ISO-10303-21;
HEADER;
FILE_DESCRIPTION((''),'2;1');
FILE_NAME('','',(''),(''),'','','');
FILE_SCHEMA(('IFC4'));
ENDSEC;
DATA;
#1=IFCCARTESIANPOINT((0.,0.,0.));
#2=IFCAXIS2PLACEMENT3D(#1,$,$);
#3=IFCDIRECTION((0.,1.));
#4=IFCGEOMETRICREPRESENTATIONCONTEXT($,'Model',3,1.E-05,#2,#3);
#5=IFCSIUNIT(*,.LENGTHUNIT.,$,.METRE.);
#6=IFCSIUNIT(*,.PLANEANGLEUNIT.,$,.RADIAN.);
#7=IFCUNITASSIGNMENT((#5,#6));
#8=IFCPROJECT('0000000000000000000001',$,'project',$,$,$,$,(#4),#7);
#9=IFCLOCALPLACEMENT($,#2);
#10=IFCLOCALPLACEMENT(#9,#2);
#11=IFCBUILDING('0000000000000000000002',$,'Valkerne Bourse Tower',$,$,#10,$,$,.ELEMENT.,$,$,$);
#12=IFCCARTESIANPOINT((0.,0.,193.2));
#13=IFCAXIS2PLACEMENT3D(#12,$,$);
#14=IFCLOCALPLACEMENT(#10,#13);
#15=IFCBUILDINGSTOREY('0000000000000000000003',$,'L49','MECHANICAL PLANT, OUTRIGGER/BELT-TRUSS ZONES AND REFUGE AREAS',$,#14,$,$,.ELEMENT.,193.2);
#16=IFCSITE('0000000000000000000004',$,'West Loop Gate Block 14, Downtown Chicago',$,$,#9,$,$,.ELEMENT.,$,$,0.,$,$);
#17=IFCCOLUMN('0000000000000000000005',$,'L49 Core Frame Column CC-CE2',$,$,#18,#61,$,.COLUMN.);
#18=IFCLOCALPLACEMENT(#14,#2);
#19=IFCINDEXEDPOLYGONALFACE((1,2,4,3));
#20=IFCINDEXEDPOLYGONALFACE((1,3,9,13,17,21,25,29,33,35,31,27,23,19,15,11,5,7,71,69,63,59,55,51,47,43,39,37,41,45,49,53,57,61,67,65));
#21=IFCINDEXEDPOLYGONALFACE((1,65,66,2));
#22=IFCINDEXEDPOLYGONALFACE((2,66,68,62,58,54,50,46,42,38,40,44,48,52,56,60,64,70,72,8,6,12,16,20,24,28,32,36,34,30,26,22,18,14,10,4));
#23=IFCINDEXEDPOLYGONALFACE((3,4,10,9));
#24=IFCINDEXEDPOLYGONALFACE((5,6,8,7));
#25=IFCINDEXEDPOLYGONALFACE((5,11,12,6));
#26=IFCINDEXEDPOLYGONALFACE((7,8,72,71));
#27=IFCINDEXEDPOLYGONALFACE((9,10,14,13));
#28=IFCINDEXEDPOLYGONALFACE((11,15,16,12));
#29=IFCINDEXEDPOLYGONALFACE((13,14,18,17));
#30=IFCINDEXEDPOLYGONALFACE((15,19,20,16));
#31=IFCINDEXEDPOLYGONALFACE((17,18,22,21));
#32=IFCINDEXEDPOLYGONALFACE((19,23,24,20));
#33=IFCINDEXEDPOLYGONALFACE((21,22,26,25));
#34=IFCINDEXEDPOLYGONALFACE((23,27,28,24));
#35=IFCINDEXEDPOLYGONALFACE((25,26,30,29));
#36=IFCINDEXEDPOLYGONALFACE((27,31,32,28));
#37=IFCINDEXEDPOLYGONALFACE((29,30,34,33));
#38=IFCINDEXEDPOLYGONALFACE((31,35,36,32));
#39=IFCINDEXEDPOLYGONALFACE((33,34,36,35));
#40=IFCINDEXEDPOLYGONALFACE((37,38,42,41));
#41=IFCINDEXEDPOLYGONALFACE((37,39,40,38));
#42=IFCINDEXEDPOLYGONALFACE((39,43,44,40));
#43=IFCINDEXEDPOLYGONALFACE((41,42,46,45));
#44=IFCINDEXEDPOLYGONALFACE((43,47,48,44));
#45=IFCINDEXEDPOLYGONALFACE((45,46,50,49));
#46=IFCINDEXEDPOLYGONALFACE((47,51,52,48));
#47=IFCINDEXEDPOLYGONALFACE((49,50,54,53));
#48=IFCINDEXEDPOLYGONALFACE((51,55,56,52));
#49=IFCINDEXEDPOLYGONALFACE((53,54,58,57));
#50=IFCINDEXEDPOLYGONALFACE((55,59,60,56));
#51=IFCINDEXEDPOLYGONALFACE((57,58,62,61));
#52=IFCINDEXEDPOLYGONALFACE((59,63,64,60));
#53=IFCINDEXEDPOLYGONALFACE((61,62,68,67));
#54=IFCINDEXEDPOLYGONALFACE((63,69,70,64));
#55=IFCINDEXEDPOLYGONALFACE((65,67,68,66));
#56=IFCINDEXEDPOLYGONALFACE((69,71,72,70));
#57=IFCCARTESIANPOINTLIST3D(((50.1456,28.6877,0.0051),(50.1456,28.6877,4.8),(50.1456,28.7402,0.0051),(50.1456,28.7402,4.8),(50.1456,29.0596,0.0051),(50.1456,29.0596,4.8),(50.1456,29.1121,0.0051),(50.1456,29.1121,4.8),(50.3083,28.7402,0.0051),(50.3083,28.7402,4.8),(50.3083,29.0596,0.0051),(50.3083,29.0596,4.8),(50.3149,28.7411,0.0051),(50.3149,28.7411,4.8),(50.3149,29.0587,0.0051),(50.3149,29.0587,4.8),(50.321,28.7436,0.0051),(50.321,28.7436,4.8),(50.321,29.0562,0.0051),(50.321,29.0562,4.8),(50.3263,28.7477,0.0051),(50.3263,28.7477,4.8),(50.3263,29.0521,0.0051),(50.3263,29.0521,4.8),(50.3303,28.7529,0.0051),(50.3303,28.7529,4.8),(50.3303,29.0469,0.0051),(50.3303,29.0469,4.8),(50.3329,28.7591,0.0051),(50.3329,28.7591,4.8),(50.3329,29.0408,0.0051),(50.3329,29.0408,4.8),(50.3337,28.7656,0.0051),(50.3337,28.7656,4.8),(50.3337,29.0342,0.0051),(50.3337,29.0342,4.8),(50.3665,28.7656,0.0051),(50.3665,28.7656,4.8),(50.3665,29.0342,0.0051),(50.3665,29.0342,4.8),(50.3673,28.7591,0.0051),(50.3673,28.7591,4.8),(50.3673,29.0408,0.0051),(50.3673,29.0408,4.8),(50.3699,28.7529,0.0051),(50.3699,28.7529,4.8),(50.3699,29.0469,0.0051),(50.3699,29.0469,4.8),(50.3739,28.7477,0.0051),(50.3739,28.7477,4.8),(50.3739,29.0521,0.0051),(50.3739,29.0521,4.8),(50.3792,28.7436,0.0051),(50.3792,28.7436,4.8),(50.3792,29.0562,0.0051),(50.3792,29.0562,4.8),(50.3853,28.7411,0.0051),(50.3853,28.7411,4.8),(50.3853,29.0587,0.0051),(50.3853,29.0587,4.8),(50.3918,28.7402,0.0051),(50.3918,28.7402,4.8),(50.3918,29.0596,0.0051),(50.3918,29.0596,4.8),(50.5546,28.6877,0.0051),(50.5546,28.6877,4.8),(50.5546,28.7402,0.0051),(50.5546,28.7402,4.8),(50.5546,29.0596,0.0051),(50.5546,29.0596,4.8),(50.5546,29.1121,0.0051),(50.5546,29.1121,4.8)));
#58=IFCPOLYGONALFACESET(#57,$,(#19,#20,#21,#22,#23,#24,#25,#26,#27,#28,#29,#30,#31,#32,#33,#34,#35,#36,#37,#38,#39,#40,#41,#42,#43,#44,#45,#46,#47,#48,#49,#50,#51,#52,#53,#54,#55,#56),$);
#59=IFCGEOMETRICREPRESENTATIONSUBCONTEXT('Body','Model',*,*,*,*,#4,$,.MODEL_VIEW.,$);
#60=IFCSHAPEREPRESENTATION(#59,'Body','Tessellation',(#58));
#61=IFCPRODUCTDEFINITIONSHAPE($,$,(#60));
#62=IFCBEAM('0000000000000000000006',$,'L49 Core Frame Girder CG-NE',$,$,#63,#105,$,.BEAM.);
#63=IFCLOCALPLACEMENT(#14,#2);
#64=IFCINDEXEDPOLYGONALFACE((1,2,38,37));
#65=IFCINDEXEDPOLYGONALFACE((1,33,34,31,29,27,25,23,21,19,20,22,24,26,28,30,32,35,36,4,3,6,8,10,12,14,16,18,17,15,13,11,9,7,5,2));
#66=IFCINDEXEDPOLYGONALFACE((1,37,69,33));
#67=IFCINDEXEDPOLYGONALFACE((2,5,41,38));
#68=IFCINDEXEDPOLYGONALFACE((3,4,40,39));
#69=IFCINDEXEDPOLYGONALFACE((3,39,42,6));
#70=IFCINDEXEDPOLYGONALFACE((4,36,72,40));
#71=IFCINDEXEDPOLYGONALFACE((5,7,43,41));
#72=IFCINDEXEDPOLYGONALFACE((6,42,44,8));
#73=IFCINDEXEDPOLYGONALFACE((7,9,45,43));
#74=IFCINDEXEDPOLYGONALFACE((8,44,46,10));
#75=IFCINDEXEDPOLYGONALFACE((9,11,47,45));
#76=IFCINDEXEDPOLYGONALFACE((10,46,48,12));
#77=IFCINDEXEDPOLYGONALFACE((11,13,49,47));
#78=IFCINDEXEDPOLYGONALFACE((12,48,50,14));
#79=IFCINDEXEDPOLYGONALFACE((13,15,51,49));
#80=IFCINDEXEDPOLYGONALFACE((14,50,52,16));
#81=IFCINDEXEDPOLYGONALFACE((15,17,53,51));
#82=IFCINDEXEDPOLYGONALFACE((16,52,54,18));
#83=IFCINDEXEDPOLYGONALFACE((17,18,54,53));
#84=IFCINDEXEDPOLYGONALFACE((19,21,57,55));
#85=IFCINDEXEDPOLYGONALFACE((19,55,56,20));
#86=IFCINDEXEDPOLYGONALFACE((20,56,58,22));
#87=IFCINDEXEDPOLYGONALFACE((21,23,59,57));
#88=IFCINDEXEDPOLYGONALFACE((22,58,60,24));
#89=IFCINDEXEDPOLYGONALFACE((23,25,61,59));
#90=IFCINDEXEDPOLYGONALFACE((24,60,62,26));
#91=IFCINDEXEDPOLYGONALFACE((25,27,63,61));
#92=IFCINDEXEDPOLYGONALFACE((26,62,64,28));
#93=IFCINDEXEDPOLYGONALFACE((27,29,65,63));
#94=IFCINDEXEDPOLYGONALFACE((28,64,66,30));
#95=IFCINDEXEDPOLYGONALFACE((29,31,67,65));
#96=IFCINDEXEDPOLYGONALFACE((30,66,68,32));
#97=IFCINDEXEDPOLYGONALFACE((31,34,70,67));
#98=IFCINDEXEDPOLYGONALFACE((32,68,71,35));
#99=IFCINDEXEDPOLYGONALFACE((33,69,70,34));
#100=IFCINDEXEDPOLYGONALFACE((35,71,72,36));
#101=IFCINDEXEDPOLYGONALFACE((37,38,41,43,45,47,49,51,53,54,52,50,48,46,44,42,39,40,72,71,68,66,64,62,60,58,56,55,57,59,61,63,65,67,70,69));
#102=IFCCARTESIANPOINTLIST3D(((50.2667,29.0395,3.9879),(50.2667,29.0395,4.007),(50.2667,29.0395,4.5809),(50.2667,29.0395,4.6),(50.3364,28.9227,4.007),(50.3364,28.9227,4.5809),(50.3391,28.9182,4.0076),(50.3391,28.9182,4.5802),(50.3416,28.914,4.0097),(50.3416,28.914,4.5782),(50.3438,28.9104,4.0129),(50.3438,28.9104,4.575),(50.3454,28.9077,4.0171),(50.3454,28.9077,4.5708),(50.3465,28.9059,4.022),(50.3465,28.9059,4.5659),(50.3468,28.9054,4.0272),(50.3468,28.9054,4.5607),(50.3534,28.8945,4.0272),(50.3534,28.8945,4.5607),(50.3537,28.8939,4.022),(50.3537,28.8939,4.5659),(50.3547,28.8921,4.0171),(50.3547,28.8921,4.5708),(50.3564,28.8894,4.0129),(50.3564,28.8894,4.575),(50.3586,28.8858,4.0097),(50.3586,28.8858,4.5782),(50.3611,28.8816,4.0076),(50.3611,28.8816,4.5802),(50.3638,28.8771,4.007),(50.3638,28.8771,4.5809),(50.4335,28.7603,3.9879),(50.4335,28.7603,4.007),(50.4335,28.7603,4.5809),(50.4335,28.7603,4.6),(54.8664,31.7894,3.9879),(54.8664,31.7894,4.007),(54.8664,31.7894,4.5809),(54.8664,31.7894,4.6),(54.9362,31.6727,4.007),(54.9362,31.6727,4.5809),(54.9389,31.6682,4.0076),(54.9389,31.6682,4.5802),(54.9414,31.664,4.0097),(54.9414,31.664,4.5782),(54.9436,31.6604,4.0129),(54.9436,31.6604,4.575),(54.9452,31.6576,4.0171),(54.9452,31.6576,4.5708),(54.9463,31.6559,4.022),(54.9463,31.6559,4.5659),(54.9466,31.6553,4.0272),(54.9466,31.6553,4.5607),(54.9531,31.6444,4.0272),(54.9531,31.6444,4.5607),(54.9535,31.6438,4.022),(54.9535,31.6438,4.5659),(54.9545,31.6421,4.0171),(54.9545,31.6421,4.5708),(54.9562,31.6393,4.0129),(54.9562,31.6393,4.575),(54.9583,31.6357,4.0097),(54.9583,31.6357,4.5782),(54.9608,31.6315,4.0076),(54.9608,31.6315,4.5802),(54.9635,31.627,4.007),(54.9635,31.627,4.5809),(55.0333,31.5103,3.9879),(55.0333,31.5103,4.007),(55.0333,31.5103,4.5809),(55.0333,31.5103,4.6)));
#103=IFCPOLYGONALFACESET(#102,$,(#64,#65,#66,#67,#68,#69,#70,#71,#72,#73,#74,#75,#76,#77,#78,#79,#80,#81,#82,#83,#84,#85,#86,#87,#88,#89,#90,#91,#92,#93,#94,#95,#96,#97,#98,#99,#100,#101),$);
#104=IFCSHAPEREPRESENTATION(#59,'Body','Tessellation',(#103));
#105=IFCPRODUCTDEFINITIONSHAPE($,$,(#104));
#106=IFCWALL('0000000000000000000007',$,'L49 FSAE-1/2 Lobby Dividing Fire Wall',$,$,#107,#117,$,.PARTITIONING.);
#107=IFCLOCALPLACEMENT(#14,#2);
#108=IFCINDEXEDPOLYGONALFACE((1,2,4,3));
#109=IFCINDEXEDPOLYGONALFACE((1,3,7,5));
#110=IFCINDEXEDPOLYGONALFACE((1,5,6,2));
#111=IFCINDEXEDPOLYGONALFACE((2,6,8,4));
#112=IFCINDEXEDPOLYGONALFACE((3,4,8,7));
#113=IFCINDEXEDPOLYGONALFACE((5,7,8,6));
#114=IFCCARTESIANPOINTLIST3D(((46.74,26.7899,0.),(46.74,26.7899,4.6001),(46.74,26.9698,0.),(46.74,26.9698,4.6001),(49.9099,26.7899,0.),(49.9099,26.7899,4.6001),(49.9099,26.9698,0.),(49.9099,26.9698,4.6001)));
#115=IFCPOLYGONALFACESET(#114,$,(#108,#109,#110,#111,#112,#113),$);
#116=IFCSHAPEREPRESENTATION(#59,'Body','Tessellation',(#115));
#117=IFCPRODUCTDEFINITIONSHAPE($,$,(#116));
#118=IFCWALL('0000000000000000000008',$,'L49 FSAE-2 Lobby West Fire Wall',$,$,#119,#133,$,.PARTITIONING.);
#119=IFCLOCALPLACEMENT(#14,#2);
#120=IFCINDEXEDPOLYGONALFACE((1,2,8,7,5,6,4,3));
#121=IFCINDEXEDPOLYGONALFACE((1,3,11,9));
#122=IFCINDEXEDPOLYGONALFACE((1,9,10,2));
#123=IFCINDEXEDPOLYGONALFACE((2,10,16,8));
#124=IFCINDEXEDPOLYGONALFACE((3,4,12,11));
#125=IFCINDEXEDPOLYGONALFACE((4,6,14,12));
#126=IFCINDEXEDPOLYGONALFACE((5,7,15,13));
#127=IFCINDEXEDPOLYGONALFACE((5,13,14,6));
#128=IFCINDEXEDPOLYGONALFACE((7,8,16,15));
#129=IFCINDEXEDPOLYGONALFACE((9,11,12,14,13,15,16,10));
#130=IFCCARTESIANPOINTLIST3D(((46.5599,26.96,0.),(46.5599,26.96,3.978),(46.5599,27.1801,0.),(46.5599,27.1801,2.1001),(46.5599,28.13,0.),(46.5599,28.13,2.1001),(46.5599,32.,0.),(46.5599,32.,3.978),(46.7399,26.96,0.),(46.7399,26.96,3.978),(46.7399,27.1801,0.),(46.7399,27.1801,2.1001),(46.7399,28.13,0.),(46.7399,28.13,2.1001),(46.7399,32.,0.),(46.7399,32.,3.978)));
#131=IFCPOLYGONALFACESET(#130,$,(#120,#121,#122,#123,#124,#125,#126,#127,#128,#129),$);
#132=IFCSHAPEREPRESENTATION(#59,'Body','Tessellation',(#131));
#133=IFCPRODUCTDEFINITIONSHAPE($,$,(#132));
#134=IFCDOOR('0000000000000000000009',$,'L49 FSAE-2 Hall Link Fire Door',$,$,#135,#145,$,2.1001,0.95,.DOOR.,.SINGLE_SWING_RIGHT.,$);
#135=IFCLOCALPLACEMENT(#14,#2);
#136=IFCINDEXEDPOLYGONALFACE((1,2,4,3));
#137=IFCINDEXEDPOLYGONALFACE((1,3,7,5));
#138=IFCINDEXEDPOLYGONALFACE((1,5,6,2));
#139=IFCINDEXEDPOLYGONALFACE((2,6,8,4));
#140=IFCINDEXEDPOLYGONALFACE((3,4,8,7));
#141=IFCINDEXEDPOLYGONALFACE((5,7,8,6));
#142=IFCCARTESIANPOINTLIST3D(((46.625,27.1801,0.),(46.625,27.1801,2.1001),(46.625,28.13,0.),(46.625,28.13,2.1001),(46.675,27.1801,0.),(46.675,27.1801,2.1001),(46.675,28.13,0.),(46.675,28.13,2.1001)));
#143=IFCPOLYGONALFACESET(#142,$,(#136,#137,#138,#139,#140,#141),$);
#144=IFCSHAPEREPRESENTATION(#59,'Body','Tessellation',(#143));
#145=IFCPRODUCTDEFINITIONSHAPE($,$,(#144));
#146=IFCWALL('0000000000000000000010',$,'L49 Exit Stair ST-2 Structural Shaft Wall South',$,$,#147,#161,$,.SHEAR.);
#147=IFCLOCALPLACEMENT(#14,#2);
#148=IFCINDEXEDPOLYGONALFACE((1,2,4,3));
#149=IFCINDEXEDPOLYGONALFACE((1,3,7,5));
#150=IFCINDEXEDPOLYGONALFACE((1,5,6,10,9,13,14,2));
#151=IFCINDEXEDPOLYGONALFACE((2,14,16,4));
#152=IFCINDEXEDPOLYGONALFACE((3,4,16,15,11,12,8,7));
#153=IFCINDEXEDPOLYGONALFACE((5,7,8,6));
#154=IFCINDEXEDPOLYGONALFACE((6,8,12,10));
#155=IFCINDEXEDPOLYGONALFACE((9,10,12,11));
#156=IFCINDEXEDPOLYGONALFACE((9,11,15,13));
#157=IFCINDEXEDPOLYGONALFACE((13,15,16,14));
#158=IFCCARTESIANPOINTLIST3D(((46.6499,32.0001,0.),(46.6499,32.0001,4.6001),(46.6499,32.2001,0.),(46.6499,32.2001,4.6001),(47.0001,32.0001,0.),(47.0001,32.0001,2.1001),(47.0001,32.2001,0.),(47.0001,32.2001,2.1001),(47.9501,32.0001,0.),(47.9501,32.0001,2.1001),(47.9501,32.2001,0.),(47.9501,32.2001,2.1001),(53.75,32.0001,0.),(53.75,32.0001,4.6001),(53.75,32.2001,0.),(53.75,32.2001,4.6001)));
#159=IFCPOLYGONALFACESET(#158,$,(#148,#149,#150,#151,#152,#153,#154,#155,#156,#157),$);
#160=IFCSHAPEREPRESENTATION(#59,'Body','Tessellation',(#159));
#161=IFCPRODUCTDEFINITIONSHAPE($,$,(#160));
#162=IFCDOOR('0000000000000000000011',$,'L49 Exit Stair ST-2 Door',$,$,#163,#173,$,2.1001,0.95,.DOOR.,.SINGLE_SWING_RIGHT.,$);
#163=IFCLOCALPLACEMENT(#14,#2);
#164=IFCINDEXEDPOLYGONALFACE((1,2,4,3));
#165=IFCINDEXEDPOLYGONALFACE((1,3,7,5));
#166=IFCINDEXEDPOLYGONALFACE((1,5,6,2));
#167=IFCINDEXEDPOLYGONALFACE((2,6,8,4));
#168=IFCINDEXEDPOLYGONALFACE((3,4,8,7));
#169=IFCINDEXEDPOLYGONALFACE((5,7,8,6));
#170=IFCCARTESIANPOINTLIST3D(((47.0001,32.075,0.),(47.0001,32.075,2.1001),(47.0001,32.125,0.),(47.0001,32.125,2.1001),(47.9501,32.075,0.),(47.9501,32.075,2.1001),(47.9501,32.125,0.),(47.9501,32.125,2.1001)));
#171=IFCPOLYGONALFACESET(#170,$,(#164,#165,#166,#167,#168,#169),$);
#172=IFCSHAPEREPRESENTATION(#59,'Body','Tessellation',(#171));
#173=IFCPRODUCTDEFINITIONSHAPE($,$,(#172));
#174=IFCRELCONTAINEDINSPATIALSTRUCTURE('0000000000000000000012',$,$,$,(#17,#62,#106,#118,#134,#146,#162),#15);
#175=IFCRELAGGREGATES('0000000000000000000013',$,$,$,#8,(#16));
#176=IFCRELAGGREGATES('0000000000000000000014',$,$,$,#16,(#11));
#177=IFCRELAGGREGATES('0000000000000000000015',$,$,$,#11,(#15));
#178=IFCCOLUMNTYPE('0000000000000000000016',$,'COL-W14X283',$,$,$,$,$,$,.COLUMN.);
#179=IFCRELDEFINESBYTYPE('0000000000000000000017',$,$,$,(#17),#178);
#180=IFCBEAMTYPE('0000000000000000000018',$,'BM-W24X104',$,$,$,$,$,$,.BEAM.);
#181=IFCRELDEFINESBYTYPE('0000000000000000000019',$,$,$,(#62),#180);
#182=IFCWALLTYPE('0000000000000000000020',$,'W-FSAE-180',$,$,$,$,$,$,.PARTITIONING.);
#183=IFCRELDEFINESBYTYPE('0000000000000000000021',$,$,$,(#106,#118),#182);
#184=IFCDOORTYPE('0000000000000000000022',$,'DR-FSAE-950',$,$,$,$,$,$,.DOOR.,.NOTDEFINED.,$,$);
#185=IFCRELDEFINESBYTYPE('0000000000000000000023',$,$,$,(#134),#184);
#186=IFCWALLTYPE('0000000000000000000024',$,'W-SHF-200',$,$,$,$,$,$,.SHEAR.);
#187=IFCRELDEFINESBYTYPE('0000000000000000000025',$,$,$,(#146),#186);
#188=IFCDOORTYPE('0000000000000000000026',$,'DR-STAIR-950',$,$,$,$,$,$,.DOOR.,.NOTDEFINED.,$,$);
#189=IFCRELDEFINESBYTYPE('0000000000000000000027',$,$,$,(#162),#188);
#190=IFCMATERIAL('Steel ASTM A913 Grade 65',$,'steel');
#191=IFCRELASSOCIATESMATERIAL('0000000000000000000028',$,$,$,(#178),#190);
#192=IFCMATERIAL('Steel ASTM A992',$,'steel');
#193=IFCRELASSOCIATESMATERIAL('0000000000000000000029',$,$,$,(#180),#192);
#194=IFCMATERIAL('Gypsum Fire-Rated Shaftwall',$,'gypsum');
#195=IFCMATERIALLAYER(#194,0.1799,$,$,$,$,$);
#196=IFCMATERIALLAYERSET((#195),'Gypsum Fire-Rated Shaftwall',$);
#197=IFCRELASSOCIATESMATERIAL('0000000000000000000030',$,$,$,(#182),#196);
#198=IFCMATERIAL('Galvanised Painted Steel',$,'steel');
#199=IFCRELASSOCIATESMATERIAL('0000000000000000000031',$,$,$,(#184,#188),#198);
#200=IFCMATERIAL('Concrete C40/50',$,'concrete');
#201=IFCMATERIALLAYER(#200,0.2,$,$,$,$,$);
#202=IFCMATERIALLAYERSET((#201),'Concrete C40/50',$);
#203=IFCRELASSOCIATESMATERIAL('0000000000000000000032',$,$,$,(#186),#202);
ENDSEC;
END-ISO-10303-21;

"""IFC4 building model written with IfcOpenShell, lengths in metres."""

from ifc_helpers import new_model, si_unit, direction, frame, frame_2d, origin, origin_2d, place, context, subcontext, project, spatial, rectangle, i_section, extrude, material, layer, layer_set, material_profile, profile_set, type_object, element, fill, save


model = new_model("IFC4")

# Units and contexts
model_context = context("Model", 3, precision=1e-05, world=origin(), true_north=direction((0.0, 1.0)))
body_context = subcontext(model_context, "Body", "Model", "MODEL_VIEW")
ifc_project = project(units=[si_unit("LENGTHUNIT", "METRE"), si_unit("PLANEANGLEUNIT", "RADIAN")], contexts=[model_context])

# Site, building, storey
site_placement = place(None, origin())
site = spatial("IfcSite", under=ifc_project, at=site_placement, Name="West Loop Gate Block 14, Downtown Chicago", CompositionType="ELEMENT", RefElevation=0.0)
building_placement = place(site_placement, origin())
building = spatial("IfcBuilding", under=site, at=building_placement, Name="Valkerne Bourse Tower", CompositionType="ELEMENT")
storey_placement = place(building_placement, frame((0.0, 0.0, 193.2)))
storey = spatial("IfcBuildingStorey", under=building, at=storey_placement, Name="L49", Description="MECHANICAL PLANT, OUTRIGGER/BELT-TRUSS ZONES AND REFUGE AREAS", CompositionType="ELEMENT", Elevation=193.2)

# Column
ifc_material_1 = material(Name="Steel ASTM A913 Grade 65", Category="steel")
ifc_material_profile_1 = material_profile(ifc_material_1, i_section(OverallWidth=0.4089, OverallDepth=0.4243, WebThickness=0.0327, FlangeThickness=0.0525, FilletRadius=0.0254, at=origin_2d()), Name="W14X283")
ifc_profile_set_1 = profile_set([ifc_material_profile_1], Name="Steel ASTM A913 Grade 65")
column_type = type_object("IfcColumnType", Name="COL-W14X283", PredefinedType="COLUMN", material=ifc_profile_set_1)
column_placement = place(storey_placement, frame((50.3501, 28.8999, 0.0051), z_axis=(0.0, 0.0, 1.0), x_axis=(1.0, 0.0, 0.0)))
element("IfcColumn", 1, at=column_placement, inside=storey, type_object=column_type, Name="L49 Core Frame Column CC-CE2", PredefinedType="COLUMN", context=body_context, shape_type="SweptSolid", body=[
    extrude(i_section(OverallWidth=0.4089, OverallDepth=0.4243, WebThickness=0.0327, FlangeThickness=0.0525, FilletRadius=0.0254, at=origin_2d()), origin(), (0.0, 0.0, 1.0), 4.7949),
])

# Beam
ifc_material_2 = material(Name="Steel ASTM A992", Category="steel")
ifc_material_profile_2 = material_profile(ifc_material_2, i_section(OverallWidth=0.3252, OverallDepth=0.6121, WebThickness=0.0127, FlangeThickness=0.019, FilletRadius=0.0203, at=origin_2d()), Name="W24X104")
ifc_profile_set_2 = profile_set([ifc_material_profile_2], Name="Steel ASTM A992")
beam_type = type_object("IfcBeamType", Name="BM-W24X104", PredefinedType="BEAM", material=ifc_profile_set_2)
beam_placement = place(storey_placement, frame((50.3501, 28.8999, 4.2939), z_axis=(0.858308, 0.513135, 0.0), x_axis=(-0.513135, 0.858308, 0.0)))
element("IfcBeam", 2, at=beam_placement, inside=storey, type_object=beam_type, Name="L49 Core Frame Girder CG-NE", PredefinedType="BEAM", context=body_context, shape_type="SweptSolid", body=[
    extrude(i_section(OverallWidth=0.3252, OverallDepth=0.6121, WebThickness=0.0127, FlangeThickness=0.019, FilletRadius=0.0203, at=origin_2d()), origin(), (0.0, 0.0, 1.0), 5.3591),
])

# Wall
ifc_material_3 = material(Name="Gypsum Fire-Rated Shaftwall", Category="gypsum")
ifc_layer_1 = layer(ifc_material_3, 0.1799)
ifc_layer_set_1 = layer_set([ifc_layer_1], Name="Gypsum Fire-Rated Shaftwall")
wall_type_1 = type_object("IfcWallType", Name="W-FSAE-180", PredefinedType="PARTITIONING", material=ifc_layer_set_1)
wall_1_placement = place(storey_placement, frame((46.74, 26.8799, 0.0), z_axis=(0.0, 0.0, 1.0), x_axis=(1.0, 0.0, 0.0)))
element("IfcWall", 3, at=wall_1_placement, inside=storey, type_object=wall_type_1, Name="L49 FSAE-1/2 Lobby Dividing Fire Wall", PredefinedType="PARTITIONING", context=body_context, shape_type="SweptSolid", body=[
    extrude(rectangle(XDim=3.1699, YDim=0.1799, at=frame_2d((1.585, 0.0))), origin(), (0.0, 0.0, 1.0), 4.6001),
])

# Wall, opening, door
wall_2_placement = place(storey_placement, frame((46.6499, 26.96, 0.0), z_axis=(0.0, 0.0, 1.0), x_axis=(0.0, 1.0, 0.0)))
wall_2 = element("IfcWall", 4, at=wall_2_placement, inside=storey, type_object=wall_type_1, Name="L49 FSAE-2 Lobby West Fire Wall", PredefinedType="PARTITIONING", context=body_context, shape_type="SweptSolid", body=[
    extrude(rectangle(XDim=5.04, YDim=0.1799, at=frame_2d((2.52, 0.0))), origin(), (0.0, 0.0, 1.0), 3.978),
])
opening_1_placement = place(wall_2_placement, frame((0.22, 0.0, 0.0)))
opening_1 = element("IfcOpeningElement", 5, at=opening_1_placement, cuts=wall_2, PredefinedType="OPENING", context=body_context, shape_type="SweptSolid", body=[
    extrude(rectangle(XDim=0.95, YDim=2.1001, at=frame_2d((0.4751, 1.05))), frame((0.0, 0.0999, 0.0), z_axis=(0.0, -1.0, 0.0), x_axis=(1.0, 0.0, 0.0)), (0.0, 0.0, 1.0), 0.2),
])
ifc_material_4 = material(Name="Galvanised Painted Steel", Category="steel")
door_type_1 = type_object("IfcDoorType", Name="DR-FSAE-950", OperationType="NOTDEFINED", PredefinedType="DOOR", material=ifc_material_4)
door_1_placement = place(opening_1_placement, origin())
door_1 = element("IfcDoor", 6, at=door_1_placement, inside=storey, type_object=door_type_1, Name="L49 FSAE-2 Hall Link Fire Door", OperationType="SINGLE_SWING_RIGHT", OverallHeight=2.1001, OverallWidth=0.95, PredefinedType="DOOR", context=body_context, shape_type="SweptSolid", body=[
    extrude(rectangle(XDim=0.95, YDim=2.1001, at=frame_2d((0.4751, 1.05))), frame((0.0, 0.0249, 0.0), z_axis=(0.0, -1.0, 0.0), x_axis=(1.0, 0.0, 0.0)), (0.0, 0.0, 1.0), 0.05),
])
fill(opening_1, door_1)

# Wall, opening, door
ifc_material_5 = material(Name="Concrete C40/50", Category="concrete")
ifc_layer_2 = layer(ifc_material_5, 0.2)
ifc_layer_set_2 = layer_set([ifc_layer_2], Name="Concrete C40/50")
wall_type_2 = type_object("IfcWallType", Name="W-SHF-200", PredefinedType="SHEAR", material=ifc_layer_set_2)
wall_3_placement = place(storey_placement, frame((46.6499, 32.1001, 0.0), z_axis=(0.0, 0.0, 1.0), x_axis=(1.0, 0.0, 0.0)))
wall_3 = element("IfcWall", 7, at=wall_3_placement, inside=storey, type_object=wall_type_2, Name="L49 Exit Stair ST-2 Structural Shaft Wall South", PredefinedType="SHEAR", context=body_context, shape_type="SweptSolid", body=[
    extrude(rectangle(XDim=7.1001, YDim=0.2, at=frame_2d((3.55, 0.0))), origin(), (0.0, 0.0, 1.0), 4.6001),
])
opening_2_placement = place(wall_3_placement, frame((0.3501, 0.0, 0.0)))
opening_2 = element("IfcOpeningElement", 8, at=opening_2_placement, cuts=wall_3, PredefinedType="OPENING", context=body_context, shape_type="SweptSolid", body=[
    extrude(rectangle(XDim=0.95, YDim=2.1001, at=frame_2d((0.4751, 1.05))), frame((0.0, 0.1099, 0.0), z_axis=(0.0, -1.0, 0.0), x_axis=(1.0, 0.0, 0.0)), (0.0, 0.0, 1.0), 0.22),
])
door_type_2 = type_object("IfcDoorType", Name="DR-STAIR-950", OperationType="NOTDEFINED", PredefinedType="DOOR", material=ifc_material_4)
door_2_placement = place(opening_2_placement, origin())
door_2 = element("IfcDoor", 9, at=door_2_placement, inside=storey, type_object=door_type_2, Name="L49 Exit Stair ST-2 Door", OperationType="SINGLE_SWING_RIGHT", OverallHeight=2.1001, OverallWidth=0.95, PredefinedType="DOOR", context=body_context, shape_type="SweptSolid", body=[
    extrude(rectangle(XDim=0.95, YDim=2.1001, at=frame_2d((0.4751, 1.05))), frame((0.0, 0.0249, 0.0), z_axis=(0.0, -1.0, 0.0), x_axis=(1.0, 0.0, 0.0)), (0.0, 0.0, 1.0), 0.05),
])
fill(opening_2, door_2)

save(model, "model.ifc")
